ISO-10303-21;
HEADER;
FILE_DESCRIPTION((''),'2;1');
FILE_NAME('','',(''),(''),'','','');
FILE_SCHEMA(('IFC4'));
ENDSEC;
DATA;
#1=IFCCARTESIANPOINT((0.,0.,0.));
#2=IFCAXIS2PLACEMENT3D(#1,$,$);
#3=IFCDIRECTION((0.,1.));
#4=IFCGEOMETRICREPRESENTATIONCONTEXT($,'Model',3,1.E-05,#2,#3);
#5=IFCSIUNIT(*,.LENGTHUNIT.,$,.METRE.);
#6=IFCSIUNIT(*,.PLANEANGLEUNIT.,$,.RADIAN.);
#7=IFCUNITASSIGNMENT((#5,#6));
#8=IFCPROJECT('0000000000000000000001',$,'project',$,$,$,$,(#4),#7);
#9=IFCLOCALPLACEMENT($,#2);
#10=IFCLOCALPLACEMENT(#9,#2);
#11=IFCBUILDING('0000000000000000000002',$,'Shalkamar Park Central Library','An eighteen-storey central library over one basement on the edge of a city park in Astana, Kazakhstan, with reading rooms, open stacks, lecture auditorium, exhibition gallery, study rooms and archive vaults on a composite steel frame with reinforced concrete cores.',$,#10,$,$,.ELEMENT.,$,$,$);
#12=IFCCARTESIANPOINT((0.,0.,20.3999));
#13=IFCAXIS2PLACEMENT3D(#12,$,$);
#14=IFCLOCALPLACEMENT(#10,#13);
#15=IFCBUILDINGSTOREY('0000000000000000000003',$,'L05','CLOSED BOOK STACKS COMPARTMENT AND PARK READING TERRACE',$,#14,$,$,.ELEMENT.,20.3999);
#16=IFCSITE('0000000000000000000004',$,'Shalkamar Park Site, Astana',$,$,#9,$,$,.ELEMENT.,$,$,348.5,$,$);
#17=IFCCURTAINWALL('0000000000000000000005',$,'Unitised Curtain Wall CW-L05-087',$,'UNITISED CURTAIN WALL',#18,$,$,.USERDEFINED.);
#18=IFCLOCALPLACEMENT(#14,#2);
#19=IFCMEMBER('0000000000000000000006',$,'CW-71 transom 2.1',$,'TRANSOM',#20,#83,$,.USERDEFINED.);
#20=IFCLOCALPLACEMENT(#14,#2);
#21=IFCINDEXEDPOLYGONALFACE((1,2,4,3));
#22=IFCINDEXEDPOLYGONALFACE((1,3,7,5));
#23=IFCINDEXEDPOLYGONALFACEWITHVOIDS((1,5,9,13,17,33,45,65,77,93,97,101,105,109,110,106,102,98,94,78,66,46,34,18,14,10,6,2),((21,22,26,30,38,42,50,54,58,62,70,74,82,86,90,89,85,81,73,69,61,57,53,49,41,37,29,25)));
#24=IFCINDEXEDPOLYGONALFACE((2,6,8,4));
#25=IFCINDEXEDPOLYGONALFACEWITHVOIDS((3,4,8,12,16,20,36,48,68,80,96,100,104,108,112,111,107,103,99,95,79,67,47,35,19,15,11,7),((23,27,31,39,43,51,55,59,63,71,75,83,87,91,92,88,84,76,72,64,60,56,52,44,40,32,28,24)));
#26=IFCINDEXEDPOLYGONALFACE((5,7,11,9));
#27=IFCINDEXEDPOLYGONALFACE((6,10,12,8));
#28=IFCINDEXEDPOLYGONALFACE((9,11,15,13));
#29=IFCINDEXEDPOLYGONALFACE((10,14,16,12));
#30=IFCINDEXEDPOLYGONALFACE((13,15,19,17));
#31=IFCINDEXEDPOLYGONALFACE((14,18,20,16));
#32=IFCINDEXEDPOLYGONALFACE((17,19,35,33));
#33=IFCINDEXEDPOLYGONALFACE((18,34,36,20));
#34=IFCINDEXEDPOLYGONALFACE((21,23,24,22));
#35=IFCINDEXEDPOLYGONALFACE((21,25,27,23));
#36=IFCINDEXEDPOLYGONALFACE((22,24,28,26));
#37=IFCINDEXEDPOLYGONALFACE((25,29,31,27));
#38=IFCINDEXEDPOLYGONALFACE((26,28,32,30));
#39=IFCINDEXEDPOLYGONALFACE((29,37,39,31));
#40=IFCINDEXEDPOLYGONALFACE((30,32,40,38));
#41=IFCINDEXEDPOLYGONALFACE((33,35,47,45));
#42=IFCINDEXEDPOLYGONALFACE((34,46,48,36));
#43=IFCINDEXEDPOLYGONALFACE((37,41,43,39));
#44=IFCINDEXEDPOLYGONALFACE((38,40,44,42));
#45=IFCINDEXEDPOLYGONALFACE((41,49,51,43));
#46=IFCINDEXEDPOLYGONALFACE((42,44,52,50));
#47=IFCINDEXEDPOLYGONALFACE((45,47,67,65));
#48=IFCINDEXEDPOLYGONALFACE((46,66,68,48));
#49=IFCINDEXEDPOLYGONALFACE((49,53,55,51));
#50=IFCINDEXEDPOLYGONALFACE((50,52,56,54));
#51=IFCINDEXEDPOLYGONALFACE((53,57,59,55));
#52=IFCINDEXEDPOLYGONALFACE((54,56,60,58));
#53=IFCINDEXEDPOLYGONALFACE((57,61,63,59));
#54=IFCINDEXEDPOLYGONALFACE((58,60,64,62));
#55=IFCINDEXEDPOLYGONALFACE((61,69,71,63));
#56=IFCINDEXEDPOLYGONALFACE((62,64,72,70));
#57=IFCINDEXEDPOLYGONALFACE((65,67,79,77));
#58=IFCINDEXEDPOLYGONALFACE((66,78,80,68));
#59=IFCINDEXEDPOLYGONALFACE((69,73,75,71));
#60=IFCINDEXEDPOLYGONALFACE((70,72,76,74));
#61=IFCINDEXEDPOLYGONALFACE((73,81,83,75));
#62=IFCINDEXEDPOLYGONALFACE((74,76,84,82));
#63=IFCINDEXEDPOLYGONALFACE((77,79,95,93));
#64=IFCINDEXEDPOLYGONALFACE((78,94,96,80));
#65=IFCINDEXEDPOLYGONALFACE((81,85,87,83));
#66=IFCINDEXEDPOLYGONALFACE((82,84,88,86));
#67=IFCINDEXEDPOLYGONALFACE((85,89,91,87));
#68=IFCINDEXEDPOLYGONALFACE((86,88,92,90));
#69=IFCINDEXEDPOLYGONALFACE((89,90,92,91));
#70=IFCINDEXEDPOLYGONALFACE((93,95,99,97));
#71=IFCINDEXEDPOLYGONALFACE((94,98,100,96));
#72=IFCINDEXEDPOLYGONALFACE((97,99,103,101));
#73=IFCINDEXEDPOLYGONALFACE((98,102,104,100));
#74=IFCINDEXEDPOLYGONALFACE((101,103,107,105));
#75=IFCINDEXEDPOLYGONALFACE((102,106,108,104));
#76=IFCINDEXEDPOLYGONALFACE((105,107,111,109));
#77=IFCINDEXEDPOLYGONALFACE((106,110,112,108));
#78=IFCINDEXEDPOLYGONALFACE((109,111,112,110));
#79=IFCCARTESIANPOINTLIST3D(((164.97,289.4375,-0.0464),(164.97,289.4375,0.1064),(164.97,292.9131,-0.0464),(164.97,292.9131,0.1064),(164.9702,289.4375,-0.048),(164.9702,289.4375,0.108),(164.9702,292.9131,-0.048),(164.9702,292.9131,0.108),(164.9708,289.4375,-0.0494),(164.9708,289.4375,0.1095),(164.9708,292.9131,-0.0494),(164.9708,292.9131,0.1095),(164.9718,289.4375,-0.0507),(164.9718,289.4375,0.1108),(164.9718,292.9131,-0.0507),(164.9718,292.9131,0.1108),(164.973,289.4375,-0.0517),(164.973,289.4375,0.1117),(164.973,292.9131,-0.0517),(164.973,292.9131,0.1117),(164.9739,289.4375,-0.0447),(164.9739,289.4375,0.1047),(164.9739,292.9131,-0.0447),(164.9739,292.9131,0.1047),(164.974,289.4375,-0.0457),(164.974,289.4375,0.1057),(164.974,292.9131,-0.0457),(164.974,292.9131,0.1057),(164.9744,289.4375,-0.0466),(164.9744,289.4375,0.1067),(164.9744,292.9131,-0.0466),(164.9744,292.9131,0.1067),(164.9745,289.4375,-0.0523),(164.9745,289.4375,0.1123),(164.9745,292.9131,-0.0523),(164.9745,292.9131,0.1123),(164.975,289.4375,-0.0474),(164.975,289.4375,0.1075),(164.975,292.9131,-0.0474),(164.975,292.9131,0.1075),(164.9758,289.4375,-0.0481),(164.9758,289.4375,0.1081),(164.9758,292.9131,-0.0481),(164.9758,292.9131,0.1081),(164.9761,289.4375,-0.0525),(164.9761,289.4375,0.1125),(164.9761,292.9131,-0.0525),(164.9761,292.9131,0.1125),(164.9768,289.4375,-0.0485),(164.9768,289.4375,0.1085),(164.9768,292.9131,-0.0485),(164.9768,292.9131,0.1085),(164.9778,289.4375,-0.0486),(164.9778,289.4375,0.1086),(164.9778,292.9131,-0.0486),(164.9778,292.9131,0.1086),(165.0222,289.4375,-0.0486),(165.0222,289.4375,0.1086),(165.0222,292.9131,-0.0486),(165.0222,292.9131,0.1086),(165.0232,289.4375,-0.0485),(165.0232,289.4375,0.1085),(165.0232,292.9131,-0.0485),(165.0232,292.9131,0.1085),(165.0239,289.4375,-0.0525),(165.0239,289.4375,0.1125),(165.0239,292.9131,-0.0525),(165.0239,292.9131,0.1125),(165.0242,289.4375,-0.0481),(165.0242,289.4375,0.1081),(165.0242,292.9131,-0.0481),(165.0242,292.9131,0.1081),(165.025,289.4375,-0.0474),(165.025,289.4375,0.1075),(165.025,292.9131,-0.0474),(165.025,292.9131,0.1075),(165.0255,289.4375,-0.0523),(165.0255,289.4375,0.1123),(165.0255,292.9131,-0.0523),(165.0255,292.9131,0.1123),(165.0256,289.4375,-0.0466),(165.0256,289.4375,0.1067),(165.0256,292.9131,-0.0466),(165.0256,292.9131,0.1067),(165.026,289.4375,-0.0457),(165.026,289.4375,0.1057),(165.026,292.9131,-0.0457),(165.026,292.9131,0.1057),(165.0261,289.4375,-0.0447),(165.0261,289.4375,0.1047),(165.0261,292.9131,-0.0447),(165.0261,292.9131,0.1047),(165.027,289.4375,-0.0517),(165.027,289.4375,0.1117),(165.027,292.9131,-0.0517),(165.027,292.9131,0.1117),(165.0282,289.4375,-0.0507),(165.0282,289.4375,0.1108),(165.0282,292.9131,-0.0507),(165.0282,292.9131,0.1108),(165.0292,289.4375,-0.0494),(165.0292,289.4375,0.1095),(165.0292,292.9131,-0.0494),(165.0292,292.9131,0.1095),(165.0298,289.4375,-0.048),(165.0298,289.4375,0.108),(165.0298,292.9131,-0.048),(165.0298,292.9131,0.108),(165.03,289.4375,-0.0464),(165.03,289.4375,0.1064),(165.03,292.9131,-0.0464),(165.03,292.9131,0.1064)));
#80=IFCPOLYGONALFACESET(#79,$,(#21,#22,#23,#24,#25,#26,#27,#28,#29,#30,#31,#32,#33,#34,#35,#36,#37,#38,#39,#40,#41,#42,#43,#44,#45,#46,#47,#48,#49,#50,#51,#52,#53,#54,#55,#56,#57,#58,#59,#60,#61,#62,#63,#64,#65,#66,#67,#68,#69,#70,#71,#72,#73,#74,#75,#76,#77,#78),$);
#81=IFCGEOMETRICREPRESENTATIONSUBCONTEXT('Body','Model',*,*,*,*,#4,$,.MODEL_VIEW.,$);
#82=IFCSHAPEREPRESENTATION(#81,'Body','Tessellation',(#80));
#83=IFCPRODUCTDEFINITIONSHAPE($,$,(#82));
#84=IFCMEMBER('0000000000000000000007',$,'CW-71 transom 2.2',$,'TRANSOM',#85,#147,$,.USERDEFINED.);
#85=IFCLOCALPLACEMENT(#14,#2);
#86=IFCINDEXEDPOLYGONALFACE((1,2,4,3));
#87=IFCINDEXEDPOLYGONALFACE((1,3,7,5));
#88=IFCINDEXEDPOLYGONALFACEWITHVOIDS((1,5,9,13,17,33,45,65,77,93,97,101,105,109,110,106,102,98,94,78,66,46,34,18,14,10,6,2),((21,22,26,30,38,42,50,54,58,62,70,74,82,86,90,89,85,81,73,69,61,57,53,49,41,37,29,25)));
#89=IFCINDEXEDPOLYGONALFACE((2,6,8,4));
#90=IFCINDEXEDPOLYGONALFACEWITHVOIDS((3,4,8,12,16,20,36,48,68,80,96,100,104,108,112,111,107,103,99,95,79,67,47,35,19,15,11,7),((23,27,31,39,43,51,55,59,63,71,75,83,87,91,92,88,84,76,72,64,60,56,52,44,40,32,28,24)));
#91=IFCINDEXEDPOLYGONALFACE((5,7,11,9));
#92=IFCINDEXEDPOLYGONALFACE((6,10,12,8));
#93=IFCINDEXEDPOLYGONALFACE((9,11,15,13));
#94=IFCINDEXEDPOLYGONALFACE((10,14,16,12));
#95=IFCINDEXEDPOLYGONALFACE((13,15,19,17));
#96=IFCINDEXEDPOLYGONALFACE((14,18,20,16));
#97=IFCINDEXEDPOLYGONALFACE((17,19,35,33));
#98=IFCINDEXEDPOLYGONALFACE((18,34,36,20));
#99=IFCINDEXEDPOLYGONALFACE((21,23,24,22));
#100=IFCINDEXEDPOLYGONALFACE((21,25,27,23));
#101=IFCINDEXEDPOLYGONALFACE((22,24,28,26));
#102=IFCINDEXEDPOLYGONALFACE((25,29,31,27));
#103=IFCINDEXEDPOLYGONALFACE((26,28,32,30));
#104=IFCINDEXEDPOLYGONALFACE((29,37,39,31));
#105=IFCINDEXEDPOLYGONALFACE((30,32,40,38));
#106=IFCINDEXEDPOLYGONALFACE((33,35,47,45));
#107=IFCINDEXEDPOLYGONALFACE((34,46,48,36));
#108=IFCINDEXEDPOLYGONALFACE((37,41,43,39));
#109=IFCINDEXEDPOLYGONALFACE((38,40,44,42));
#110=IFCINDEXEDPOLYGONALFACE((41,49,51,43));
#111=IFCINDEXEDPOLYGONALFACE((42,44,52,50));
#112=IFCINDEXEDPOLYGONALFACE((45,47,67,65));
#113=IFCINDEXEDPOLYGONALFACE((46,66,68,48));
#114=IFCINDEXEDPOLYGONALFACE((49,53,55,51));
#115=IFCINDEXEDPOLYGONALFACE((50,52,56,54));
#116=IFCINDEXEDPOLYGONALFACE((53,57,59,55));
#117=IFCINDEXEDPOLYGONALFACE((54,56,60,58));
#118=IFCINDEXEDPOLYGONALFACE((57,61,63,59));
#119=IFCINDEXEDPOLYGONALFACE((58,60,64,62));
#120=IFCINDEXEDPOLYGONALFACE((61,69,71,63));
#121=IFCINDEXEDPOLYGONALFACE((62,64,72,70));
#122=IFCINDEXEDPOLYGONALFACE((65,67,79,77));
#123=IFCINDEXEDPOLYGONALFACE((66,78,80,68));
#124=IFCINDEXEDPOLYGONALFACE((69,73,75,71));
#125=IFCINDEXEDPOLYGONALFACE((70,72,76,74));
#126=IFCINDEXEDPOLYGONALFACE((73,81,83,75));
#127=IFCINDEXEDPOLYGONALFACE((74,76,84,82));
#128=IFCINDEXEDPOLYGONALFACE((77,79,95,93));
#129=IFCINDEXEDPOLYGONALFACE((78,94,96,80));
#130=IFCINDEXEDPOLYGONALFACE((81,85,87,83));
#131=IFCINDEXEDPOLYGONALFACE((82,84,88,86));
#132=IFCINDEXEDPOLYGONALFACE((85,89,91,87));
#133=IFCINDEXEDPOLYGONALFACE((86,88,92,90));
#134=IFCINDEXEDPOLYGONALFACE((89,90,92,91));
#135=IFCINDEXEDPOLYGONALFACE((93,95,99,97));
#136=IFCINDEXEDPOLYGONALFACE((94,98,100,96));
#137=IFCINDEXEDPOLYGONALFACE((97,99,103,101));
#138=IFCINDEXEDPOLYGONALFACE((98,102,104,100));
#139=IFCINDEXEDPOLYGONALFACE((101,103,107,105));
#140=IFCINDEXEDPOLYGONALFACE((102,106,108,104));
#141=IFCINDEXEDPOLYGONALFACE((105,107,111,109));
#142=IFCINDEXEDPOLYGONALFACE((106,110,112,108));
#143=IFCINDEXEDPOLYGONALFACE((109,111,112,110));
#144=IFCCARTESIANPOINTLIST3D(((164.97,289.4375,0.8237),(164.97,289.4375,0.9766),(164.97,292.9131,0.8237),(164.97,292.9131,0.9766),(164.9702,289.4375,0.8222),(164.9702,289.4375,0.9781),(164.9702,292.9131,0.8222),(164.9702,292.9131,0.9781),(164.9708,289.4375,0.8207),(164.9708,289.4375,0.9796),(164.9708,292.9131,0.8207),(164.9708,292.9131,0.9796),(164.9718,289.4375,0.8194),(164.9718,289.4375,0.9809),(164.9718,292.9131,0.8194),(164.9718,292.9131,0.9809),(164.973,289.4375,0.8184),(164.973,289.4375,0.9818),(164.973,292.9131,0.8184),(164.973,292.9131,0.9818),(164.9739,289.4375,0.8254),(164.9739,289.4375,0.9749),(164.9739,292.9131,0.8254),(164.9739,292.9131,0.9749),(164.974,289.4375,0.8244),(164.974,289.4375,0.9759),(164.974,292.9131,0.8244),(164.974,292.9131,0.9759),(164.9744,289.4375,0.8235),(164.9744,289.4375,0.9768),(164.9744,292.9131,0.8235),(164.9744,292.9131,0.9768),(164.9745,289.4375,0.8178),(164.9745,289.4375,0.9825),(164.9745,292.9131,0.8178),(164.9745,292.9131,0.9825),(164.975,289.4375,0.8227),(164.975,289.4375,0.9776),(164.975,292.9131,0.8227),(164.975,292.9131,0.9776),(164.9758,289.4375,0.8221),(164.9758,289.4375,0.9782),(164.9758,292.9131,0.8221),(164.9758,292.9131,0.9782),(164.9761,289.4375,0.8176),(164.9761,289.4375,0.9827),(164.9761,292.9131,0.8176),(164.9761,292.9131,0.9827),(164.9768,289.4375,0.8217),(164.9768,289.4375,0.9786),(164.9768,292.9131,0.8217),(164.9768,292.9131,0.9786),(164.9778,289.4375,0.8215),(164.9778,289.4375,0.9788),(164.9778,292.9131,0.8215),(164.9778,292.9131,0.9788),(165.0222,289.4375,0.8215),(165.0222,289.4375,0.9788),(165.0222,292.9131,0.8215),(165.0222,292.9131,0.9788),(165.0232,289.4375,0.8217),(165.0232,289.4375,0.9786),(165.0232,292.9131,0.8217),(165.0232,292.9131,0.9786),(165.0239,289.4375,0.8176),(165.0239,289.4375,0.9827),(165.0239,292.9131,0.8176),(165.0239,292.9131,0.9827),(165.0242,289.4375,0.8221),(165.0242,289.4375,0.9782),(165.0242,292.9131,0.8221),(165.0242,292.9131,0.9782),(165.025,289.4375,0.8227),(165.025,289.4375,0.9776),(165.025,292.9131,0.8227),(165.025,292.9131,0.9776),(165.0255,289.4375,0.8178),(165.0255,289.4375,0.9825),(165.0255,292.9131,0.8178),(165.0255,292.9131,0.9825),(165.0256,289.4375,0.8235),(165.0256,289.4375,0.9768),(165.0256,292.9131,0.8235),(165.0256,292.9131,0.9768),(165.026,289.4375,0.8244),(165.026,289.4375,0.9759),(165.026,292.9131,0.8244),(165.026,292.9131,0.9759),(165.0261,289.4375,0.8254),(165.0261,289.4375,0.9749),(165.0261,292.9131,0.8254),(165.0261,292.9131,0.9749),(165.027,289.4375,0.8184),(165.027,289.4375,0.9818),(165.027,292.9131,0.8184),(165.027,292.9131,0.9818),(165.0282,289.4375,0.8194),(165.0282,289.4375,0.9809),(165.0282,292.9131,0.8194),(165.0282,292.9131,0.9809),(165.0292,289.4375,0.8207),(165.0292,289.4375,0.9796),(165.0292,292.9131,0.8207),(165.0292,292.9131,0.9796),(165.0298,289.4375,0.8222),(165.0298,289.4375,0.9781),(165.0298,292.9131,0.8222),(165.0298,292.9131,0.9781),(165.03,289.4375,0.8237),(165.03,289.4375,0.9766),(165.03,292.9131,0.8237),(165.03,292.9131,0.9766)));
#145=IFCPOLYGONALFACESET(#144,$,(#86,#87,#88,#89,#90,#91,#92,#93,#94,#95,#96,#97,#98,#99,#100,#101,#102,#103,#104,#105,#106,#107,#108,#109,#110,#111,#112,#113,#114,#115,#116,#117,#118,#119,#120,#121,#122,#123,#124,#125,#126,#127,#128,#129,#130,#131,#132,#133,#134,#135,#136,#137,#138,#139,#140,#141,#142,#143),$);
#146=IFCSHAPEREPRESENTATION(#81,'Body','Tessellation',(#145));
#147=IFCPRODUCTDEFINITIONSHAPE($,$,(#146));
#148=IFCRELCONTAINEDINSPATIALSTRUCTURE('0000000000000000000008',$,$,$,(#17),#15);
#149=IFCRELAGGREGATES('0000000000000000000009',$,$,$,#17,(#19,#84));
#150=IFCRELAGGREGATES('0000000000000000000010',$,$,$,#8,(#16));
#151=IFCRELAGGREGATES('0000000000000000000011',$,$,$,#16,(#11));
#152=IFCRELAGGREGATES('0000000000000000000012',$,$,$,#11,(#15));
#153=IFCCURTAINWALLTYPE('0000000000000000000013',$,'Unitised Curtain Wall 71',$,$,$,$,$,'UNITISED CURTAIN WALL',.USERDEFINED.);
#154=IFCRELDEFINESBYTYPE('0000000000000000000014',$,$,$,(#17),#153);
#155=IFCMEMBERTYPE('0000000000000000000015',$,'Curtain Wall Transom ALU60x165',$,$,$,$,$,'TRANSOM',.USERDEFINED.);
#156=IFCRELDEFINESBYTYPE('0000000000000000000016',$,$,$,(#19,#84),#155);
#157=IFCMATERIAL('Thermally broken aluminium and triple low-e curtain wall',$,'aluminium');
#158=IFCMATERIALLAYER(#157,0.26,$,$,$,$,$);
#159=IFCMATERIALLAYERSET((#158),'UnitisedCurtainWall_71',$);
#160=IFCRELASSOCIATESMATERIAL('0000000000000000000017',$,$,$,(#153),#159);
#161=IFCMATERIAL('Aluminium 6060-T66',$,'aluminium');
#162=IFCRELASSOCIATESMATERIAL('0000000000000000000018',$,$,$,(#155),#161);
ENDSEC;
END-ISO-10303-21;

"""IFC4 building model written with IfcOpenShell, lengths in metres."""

from ifc_helpers import new_model, si_unit, direction, frame, origin, origin_2d, place, context, subcontext, project, spatial, hollow_rectangle, extrude, material, layer, layer_set, material_profile, profile_set, type_object, element, aggregate, save


model = new_model("IFC4")

# Units and contexts
model_context = context("Model", 3, precision=1e-05, world=origin(), true_north=direction((0.0, 1.0)))
body_context = subcontext(model_context, "Body", "Model", "MODEL_VIEW")
ifc_project = project(units=[si_unit("LENGTHUNIT", "METRE"), si_unit("PLANEANGLEUNIT", "RADIAN")], contexts=[model_context])

# Site, building, storey
site_placement = place(None, origin())
site = spatial("IfcSite", under=ifc_project, at=site_placement, Name="Shalkamar Park Site, Astana", CompositionType="ELEMENT", RefElevation=348.5)
building_placement = place(site_placement, origin())
building = spatial("IfcBuilding", under=site, at=building_placement, Name="Shalkamar Park Central Library", Description="An eighteen-storey central library over one basement on the edge of a city park in Astana, Kazakhstan, with reading rooms, open stacks, lecture auditorium, exhibition gallery, study rooms and archive vaults on a composite steel frame with reinforced concrete cores.", CompositionType="ELEMENT")
storey_placement = place(building_placement, frame((0.0, 0.0, 20.3999)))
storey = spatial("IfcBuildingStorey", under=building, at=storey_placement, Name="L05", Description="CLOSED BOOK STACKS COMPARTMENT AND PARK READING TERRACE", CompositionType="ELEMENT", Elevation=20.3999)

# Curtain wall, members
ifc_material_1 = material(Name="Thermally broken aluminium and triple low-e curtain wall", Category="aluminium")
ifc_layer_1 = layer(ifc_material_1, 0.26)
ifc_layer_set_1 = layer_set([ifc_layer_1], Name="UnitisedCurtainWall_71")
curtain_wall_type = type_object("IfcCurtainWallType", Name="Unitised Curtain Wall 71", ElementType="UNITISED CURTAIN WALL", PredefinedType="USERDEFINED", material=ifc_layer_set_1)
curtain_wall_placement = place(storey_placement, origin())
curtain_wall = element("IfcCurtainWall", 1, at=curtain_wall_placement, inside=storey, type_object=curtain_wall_type, Name="Unitised Curtain Wall CW-L05-087", ObjectType="UNITISED CURTAIN WALL", PredefinedType="USERDEFINED")
ifc_material_2 = material(Name="Aluminium 6060-T66", Category="aluminium")
ifc_material_profile_1 = material_profile(ifc_material_2, hollow_rectangle(XDim=0.0601, YDim=0.165, WallThickness=0.0039, InnerFilletRadius=0.0039, OuterFilletRadius=0.0061, at=origin_2d()), Name="ALU 60x165x4")
ifc_profile_set_1 = profile_set([ifc_material_profile_1], Name="Aluminium 6060-T66")
member_type_1 = type_object("IfcMemberType", Name="Curtain Wall Transom ALU60x165", ElementType="TRANSOM", PredefinedType="USERDEFINED", material=ifc_profile_set_1)
member_1_placement = place(storey_placement, frame((165.0, 289.4375, 0.03), z_axis=(0.0, 1.0, 0.0), x_axis=(-1.0, 0.0, 0.0)))
member_1 = element("IfcMember", 2, at=member_1_placement, type_object=member_type_1, Name="CW-71 transom 2.1", ObjectType="TRANSOM", PredefinedType="USERDEFINED", context=body_context, shape_type="SweptSolid", body=[
    extrude(hollow_rectangle(XDim=0.0601, YDim=0.165, WallThickness=0.0039, InnerFilletRadius=0.0039, OuterFilletRadius=0.0061, at=origin_2d()), origin(), (0.0, 0.0, 1.0), 3.4756),
])
member_2_placement = place(storey_placement, frame((165.0, 289.4375, 0.9001), z_axis=(0.0, 1.0, 0.0), x_axis=(-1.0, 0.0, 0.0)))
member_2 = element("IfcMember", 3, at=member_2_placement, type_object=member_type_1, Name="CW-71 transom 2.2", ObjectType="TRANSOM", PredefinedType="USERDEFINED", context=body_context, shape_type="SweptSolid", body=[
    extrude(hollow_rectangle(XDim=0.0601, YDim=0.165, WallThickness=0.0039, InnerFilletRadius=0.0039, OuterFilletRadius=0.0061, at=origin_2d()), origin(), (0.0, 0.0, 1.0), 3.4756),
])

aggregate(curtain_wall, [member_1, member_2])

save(model, "model.ifc")
